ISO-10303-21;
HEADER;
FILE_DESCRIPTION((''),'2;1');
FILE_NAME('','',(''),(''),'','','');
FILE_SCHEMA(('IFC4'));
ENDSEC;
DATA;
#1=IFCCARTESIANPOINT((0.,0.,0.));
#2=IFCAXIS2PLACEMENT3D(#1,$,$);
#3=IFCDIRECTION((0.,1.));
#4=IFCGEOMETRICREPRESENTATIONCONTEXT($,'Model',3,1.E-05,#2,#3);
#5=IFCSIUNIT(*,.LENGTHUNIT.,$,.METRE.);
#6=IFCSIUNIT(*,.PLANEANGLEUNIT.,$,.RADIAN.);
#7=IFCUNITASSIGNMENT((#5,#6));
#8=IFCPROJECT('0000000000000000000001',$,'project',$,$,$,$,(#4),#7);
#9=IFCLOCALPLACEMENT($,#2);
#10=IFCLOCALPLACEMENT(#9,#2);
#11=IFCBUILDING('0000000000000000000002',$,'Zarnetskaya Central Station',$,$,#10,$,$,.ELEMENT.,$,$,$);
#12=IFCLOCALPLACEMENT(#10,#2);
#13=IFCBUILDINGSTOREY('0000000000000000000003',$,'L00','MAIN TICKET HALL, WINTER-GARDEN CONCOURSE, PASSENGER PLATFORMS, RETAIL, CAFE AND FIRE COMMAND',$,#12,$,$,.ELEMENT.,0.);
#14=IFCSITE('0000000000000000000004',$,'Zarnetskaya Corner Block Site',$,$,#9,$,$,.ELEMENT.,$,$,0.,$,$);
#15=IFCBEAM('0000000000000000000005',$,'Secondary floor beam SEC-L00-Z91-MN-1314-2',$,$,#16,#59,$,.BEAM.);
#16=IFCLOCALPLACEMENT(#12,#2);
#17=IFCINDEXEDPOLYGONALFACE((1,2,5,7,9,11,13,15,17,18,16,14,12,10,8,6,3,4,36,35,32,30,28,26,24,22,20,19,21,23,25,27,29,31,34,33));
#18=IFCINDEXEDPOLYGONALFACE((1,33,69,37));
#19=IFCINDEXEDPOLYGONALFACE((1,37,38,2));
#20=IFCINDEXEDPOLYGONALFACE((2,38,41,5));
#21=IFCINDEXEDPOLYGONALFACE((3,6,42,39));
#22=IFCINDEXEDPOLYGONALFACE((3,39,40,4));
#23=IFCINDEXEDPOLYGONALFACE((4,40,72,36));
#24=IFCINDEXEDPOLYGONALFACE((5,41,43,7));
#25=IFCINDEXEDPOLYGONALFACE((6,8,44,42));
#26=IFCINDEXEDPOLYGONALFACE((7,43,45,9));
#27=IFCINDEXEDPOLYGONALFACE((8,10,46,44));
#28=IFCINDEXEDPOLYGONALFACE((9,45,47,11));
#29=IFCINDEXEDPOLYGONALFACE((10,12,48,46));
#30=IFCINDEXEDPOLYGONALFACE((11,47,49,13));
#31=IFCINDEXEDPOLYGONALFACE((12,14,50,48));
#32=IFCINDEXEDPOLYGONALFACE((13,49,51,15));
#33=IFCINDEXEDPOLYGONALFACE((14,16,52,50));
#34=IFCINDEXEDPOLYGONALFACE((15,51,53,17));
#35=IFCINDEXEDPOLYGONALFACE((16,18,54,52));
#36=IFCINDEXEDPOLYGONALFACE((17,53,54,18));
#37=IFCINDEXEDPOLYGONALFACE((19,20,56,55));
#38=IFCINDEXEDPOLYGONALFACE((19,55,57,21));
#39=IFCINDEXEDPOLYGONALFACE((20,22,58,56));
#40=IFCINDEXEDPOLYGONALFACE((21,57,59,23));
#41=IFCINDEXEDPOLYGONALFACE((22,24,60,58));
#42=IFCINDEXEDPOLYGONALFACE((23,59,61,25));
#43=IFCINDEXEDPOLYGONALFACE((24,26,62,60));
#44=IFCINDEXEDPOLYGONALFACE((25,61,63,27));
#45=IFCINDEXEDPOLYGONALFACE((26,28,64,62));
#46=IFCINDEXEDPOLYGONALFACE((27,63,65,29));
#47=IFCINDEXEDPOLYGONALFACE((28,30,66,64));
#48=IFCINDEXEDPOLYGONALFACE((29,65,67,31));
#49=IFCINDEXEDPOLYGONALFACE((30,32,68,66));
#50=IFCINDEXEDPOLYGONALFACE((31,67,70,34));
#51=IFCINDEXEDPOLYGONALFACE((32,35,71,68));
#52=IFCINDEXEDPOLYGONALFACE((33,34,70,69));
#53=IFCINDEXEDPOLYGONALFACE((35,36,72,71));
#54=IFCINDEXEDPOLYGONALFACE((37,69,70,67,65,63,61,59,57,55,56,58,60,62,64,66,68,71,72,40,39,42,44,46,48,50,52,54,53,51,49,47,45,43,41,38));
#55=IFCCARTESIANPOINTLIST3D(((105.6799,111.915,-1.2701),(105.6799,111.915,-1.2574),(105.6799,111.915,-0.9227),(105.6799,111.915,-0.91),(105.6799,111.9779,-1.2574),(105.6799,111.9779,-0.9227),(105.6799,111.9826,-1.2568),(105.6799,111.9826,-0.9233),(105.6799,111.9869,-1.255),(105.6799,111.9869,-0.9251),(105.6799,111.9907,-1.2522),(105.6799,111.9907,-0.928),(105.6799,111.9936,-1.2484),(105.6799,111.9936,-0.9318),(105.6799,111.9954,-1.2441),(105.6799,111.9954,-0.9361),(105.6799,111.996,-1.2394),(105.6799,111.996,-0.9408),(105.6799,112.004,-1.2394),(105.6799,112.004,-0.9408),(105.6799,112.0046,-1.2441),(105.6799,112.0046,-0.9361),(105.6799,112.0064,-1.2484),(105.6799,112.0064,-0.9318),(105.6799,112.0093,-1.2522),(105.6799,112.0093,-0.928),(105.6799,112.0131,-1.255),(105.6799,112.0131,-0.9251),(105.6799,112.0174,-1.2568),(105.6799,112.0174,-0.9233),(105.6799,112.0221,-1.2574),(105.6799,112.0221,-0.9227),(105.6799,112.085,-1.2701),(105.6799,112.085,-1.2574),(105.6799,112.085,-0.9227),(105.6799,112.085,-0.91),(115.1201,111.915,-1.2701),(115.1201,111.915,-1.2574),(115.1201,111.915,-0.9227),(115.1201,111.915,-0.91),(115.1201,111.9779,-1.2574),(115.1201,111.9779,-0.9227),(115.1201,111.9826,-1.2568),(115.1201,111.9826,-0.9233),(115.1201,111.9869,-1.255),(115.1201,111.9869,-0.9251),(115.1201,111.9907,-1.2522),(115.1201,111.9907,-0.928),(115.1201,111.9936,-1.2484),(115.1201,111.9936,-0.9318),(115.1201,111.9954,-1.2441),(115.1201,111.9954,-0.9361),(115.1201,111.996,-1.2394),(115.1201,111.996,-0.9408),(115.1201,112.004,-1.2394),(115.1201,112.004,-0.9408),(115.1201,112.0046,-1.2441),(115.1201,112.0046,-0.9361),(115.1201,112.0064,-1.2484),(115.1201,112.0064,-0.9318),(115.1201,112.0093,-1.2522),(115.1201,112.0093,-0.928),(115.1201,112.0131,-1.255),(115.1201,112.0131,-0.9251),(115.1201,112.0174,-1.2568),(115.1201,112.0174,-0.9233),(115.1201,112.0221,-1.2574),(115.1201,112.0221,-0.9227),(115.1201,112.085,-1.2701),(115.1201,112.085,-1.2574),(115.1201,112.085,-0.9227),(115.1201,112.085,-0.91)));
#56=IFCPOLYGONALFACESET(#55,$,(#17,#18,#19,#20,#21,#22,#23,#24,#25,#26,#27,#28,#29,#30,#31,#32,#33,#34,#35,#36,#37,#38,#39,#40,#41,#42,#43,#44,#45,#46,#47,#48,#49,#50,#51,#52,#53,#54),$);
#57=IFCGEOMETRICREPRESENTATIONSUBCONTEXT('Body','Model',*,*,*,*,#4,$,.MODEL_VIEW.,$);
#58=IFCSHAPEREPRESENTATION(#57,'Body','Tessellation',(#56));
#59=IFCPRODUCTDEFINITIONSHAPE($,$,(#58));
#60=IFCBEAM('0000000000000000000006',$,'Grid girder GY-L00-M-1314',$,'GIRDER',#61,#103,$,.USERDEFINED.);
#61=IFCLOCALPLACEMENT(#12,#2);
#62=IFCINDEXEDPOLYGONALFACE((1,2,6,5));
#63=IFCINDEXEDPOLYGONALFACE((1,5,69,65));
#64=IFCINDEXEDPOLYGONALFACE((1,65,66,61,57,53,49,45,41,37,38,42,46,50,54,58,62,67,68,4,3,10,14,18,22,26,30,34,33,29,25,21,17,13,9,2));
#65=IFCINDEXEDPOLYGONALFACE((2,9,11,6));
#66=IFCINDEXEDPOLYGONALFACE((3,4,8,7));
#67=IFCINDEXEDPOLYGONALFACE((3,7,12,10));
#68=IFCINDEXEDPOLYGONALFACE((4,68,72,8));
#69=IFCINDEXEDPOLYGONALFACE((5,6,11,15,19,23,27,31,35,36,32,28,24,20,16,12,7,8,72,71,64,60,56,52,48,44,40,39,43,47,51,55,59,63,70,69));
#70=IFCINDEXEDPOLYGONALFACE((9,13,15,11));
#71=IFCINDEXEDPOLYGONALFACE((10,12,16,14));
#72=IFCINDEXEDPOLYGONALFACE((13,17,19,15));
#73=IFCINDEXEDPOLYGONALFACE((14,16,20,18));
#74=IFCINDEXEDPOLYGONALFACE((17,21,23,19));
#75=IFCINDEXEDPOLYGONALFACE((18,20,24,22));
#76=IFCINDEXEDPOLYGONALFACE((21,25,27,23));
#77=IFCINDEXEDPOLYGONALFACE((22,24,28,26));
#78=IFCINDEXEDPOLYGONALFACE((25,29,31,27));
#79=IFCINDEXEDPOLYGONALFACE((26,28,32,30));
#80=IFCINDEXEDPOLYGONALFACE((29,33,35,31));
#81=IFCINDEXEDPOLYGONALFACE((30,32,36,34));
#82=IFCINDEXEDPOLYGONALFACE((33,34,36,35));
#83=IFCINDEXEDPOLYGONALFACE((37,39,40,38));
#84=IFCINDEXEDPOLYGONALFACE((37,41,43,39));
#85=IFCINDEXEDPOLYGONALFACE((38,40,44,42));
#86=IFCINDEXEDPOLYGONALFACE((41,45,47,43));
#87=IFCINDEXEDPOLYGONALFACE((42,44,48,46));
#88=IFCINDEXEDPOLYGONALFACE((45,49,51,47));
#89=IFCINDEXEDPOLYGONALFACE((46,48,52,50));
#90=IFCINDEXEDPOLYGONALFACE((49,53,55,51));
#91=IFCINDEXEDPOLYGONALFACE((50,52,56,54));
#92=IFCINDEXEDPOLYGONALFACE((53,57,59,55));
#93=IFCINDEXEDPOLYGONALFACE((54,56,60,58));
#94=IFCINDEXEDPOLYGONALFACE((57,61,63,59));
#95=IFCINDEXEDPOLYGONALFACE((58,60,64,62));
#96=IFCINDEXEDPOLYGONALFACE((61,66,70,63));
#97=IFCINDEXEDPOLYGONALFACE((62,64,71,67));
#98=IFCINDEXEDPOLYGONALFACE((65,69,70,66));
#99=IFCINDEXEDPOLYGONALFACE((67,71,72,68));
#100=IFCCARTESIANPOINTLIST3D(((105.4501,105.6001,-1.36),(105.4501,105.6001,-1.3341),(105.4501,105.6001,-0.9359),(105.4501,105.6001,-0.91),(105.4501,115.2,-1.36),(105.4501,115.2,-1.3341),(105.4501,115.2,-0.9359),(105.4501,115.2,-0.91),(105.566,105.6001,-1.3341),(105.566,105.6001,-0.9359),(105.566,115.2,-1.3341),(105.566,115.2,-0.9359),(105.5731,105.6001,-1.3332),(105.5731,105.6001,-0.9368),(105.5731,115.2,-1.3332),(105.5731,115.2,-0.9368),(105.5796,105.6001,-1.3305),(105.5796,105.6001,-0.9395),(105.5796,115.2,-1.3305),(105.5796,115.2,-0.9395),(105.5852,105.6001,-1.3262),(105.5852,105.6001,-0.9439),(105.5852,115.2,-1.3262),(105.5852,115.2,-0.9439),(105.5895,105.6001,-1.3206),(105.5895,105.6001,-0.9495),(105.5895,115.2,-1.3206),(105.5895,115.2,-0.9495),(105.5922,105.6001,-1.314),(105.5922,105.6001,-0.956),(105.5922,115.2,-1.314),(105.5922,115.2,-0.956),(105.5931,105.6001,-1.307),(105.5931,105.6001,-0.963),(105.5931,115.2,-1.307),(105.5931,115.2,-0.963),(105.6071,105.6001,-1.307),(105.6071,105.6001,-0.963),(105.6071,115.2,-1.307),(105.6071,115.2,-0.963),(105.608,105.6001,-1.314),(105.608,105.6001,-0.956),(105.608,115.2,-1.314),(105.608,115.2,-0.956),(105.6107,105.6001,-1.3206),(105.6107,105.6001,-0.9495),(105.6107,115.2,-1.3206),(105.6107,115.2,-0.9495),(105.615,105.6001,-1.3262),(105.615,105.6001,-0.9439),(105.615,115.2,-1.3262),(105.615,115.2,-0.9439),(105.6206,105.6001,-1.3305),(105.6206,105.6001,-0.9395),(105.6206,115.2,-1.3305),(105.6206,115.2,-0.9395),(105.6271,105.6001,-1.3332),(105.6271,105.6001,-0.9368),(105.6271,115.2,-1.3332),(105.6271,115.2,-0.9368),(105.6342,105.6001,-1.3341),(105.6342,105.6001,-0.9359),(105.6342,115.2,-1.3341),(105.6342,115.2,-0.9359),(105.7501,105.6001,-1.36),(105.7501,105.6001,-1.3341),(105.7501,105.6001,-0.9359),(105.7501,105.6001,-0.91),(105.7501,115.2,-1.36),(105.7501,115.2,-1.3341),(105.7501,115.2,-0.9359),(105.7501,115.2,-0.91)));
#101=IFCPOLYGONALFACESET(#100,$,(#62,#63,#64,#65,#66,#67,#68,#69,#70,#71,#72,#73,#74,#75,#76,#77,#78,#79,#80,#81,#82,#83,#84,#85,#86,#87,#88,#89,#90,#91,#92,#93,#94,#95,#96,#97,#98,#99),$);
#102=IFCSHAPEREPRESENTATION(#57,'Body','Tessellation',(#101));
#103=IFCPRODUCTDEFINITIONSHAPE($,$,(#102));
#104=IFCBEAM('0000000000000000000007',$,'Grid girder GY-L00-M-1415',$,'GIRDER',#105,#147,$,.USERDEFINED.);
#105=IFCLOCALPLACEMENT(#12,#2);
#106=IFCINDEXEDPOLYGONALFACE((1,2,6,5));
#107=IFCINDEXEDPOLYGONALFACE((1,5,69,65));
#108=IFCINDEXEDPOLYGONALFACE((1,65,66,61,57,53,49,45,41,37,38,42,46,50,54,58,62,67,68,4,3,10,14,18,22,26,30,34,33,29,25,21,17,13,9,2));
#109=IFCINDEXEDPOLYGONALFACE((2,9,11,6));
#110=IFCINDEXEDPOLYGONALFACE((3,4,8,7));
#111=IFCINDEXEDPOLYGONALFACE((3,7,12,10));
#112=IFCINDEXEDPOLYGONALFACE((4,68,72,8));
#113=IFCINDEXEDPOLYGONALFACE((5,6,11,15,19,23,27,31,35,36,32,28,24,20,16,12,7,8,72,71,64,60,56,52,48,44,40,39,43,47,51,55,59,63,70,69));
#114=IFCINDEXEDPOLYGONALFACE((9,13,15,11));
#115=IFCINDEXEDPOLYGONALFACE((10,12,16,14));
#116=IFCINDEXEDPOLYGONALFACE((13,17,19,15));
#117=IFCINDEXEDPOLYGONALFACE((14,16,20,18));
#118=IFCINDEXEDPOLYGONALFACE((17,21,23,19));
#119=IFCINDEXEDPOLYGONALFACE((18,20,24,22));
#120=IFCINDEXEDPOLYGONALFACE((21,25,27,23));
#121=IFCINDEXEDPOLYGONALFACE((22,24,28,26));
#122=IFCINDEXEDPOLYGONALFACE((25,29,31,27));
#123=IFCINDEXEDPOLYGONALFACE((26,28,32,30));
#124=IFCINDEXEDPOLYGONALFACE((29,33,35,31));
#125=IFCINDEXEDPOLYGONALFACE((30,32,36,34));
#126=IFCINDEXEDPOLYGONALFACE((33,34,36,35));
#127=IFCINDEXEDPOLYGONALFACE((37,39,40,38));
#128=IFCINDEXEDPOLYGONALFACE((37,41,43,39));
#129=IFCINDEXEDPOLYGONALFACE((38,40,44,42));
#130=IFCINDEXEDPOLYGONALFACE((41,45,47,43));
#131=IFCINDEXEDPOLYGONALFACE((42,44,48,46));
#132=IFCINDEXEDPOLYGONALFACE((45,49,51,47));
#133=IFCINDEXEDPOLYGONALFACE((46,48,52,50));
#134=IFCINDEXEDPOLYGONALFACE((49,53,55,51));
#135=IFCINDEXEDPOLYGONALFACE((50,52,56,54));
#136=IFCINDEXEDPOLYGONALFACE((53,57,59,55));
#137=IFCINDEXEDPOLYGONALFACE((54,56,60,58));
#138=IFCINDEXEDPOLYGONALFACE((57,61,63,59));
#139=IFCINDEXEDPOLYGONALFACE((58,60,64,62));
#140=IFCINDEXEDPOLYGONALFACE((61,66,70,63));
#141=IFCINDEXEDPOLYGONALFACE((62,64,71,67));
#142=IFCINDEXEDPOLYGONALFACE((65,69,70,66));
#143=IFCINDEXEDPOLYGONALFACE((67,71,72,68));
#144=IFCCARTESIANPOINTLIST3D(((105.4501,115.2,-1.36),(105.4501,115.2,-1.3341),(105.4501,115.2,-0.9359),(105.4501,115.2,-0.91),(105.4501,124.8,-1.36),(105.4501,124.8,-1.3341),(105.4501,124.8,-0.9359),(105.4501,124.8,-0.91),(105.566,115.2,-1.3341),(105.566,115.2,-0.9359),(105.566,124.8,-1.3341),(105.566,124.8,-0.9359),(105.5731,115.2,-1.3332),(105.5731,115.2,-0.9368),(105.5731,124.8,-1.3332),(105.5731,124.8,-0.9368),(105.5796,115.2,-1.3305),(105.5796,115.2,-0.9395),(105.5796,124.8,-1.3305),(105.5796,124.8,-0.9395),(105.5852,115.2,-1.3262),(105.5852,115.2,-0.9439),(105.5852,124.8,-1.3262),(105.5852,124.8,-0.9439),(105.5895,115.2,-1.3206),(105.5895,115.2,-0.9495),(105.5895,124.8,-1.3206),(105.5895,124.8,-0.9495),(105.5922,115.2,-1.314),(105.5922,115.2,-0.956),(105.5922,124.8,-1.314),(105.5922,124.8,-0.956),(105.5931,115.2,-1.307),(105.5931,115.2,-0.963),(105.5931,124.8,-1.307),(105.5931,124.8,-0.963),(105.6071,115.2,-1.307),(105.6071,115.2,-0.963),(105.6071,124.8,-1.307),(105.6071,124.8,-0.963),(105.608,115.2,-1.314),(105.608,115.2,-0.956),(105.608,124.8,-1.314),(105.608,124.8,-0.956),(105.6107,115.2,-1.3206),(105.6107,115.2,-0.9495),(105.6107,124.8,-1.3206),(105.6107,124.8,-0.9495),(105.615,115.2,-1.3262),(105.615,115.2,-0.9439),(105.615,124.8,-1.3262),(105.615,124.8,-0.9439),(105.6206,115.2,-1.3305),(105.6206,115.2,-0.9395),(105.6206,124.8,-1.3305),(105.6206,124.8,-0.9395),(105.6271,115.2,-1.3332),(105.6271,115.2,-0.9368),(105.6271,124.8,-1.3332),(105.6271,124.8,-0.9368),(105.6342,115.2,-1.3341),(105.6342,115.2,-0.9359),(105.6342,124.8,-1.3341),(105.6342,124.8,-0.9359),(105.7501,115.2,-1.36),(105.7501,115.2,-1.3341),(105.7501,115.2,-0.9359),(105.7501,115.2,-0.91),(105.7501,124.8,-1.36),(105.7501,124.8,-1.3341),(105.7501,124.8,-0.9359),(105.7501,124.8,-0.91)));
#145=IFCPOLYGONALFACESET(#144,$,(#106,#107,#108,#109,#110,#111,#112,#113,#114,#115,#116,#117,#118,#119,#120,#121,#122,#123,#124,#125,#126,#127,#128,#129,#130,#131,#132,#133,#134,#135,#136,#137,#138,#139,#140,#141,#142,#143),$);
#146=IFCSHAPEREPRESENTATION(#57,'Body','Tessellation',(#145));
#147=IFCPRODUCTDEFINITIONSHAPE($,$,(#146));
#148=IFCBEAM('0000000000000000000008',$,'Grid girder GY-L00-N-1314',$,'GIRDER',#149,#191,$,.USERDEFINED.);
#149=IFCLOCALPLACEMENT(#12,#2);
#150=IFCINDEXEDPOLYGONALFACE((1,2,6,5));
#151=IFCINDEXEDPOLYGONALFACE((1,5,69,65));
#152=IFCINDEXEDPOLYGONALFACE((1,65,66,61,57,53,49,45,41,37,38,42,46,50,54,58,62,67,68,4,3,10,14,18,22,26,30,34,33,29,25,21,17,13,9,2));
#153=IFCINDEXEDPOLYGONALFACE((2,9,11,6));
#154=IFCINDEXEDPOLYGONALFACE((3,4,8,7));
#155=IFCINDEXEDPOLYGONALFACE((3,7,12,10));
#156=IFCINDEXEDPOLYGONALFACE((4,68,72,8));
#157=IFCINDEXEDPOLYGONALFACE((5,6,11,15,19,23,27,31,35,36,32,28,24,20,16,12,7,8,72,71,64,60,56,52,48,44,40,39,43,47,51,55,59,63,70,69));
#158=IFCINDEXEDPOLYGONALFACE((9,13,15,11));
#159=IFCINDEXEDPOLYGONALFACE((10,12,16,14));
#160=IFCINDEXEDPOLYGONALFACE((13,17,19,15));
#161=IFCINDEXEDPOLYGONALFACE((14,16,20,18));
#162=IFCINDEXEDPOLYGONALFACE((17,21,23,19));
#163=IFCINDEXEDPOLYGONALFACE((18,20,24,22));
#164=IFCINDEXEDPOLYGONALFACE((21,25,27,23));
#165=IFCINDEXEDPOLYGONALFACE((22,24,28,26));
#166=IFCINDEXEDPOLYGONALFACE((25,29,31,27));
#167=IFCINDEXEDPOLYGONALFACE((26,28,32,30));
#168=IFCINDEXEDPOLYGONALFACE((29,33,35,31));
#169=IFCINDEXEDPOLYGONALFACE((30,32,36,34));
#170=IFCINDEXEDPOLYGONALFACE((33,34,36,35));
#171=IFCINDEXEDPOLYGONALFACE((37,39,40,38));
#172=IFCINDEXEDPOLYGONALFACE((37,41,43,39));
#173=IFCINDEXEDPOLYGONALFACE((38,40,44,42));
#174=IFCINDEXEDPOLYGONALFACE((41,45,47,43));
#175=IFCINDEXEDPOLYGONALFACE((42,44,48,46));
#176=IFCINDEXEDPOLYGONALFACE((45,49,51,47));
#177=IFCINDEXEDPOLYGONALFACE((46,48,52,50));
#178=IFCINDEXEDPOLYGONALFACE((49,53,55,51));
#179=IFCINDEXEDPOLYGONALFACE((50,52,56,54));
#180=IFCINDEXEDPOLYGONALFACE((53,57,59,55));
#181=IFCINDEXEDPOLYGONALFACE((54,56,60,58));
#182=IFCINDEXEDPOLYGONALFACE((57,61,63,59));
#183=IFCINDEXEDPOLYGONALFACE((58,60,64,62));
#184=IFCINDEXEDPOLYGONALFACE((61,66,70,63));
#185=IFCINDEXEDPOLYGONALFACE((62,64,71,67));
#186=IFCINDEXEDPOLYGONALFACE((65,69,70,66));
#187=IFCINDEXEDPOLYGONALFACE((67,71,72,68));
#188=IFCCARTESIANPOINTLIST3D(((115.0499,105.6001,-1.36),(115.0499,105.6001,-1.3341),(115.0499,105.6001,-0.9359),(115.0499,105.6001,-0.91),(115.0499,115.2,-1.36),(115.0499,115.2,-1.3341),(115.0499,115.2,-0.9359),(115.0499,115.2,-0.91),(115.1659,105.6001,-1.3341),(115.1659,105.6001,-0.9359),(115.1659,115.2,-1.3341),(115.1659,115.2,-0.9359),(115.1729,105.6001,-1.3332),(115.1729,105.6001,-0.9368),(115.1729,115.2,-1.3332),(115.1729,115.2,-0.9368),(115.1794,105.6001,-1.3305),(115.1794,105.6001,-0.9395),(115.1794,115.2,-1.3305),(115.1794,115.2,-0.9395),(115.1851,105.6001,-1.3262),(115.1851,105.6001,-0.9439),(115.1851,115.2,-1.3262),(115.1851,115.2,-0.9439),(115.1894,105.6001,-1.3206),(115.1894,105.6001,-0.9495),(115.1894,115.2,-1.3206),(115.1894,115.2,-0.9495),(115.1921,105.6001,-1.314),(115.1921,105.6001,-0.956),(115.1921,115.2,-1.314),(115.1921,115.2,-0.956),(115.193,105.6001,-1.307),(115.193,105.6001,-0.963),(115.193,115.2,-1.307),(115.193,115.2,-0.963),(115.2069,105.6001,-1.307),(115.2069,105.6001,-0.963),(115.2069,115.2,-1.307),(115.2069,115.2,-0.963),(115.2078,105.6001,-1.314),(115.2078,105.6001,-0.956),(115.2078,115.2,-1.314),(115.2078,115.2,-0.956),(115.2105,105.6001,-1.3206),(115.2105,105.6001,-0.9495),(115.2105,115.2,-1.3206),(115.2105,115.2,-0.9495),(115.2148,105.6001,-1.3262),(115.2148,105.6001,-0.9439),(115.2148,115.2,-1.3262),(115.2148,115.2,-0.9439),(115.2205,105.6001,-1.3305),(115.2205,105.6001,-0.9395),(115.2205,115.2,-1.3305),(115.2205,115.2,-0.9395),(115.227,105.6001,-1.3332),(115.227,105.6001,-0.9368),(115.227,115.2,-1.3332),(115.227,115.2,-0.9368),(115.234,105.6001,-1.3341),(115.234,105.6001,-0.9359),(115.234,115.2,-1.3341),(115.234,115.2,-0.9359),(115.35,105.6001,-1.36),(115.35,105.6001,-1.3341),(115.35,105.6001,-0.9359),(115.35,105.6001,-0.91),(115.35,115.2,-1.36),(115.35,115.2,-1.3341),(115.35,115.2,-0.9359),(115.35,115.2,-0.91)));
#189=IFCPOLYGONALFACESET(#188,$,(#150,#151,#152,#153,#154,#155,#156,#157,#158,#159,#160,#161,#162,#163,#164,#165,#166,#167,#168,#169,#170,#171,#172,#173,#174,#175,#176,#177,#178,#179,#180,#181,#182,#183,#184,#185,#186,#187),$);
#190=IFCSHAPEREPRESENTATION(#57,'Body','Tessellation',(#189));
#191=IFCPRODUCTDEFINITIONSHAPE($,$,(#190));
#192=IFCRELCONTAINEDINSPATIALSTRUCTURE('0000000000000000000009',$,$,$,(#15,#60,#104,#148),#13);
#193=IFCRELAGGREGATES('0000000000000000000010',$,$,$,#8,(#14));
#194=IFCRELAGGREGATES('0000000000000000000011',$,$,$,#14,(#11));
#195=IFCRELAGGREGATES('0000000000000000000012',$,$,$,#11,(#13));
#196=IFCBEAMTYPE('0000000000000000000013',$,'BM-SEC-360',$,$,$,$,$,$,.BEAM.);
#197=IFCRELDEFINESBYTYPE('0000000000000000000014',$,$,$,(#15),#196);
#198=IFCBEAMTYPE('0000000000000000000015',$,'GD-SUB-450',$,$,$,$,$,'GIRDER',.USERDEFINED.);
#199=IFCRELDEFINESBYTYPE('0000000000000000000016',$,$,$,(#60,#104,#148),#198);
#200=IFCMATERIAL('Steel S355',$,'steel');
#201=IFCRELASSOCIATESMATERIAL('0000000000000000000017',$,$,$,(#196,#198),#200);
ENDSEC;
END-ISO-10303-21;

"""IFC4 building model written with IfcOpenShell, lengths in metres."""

from ifc_helpers import new_model, si_unit, direction, frame, origin, origin_2d, place, context, subcontext, project, spatial, i_section, extrude, material, material_profile, profile_set, type_object, element, save


model = new_model("IFC4")

# Units and contexts
model_context = context("Model", 3, precision=1e-05, world=origin(), true_north=direction((0.0, 1.0)))
body_context = subcontext(model_context, "Body", "Model", "MODEL_VIEW")
ifc_project = project(units=[si_unit("LENGTHUNIT", "METRE"), si_unit("PLANEANGLEUNIT", "RADIAN")], contexts=[model_context])

# Site, building, storey
site_placement = place(None, origin())
site = spatial("IfcSite", under=ifc_project, at=site_placement, Name="Zarnetskaya Corner Block Site", CompositionType="ELEMENT", RefElevation=0.0)
building_placement = place(site_placement, origin())
building = spatial("IfcBuilding", under=site, at=building_placement, Name="Zarnetskaya Central Station", CompositionType="ELEMENT")
storey_placement = place(building_placement, origin())
storey = spatial("IfcBuildingStorey", under=building, at=storey_placement, Name="L00", Description="MAIN TICKET HALL, WINTER-GARDEN CONCOURSE, PASSENGER PLATFORMS, RETAIL, CAFE AND FIRE COMMAND", CompositionType="ELEMENT", Elevation=0.0)

# Shared definitions
ifc_material = material(Name="Steel S355", Category="steel")

# Beams
ifc_material_profile_1 = material_profile(ifc_material, i_section(OverallWidth=0.1699, OverallDepth=0.3601, WebThickness=0.0081, FlangeThickness=0.0127, FilletRadius=0.0181, at=origin_2d()), Name="IPE 360")
ifc_profile_set_1 = profile_set([ifc_material_profile_1], Name="Steel S355")
beam_type_1 = type_object("IfcBeamType", Name="BM-SEC-360", PredefinedType="BEAM", material=ifc_profile_set_1)
for number, where, z_axis, x_axis, name in (
    (1, (105.6799, 112.0, -1.0901), (1.0, 0.0, 0.0), (0.0, 1.0, 0.0), "Secondary floor beam SEC-L00-Z91-MN-1314-2"),
):
    element("IfcBeam", number, at=place(storey_placement, frame(where, z_axis=z_axis, x_axis=x_axis)), inside=storey, type_object=beam_type_1, Name=name, PredefinedType="BEAM", context=body_context, shape_type="SweptSolid", body=[
        extrude(i_section(OverallWidth=0.1699, OverallDepth=0.3601, WebThickness=0.0081, FlangeThickness=0.0127, FilletRadius=0.0181, at=origin_2d()), origin(), (0.0, 0.0, 1.0), 9.4402),
    ])
ifc_material_profile_2 = material_profile(ifc_material, i_section(OverallWidth=0.3, OverallDepth=0.45, WebThickness=0.0139, FlangeThickness=0.0259, FilletRadius=0.0271, at=origin_2d()), Name="HEB 450")
ifc_profile_set_2 = profile_set([ifc_material_profile_2], Name="Steel S355")
beam_type_2 = type_object("IfcBeamType", Name="GD-SUB-450", ElementType="GIRDER", PredefinedType="USERDEFINED", material=ifc_profile_set_2)
beam_1_placement = place(storey_placement, frame((105.6001, 105.6001, -1.135), z_axis=(0.0, 1.0, 0.0), x_axis=(-1.0, 0.0, 0.0)))
element("IfcBeam", 2, at=beam_1_placement, inside=storey, type_object=beam_type_2, Name="Grid girder GY-L00-M-1314", ObjectType="GIRDER", PredefinedType="USERDEFINED", context=body_context, shape_type="SweptSolid", body=[
    extrude(i_section(OverallWidth=0.3, OverallDepth=0.45, WebThickness=0.0139, FlangeThickness=0.0259, FilletRadius=0.0271, at=origin_2d()), origin(), (0.0, 0.0, 1.0), 9.5999),
])
beam_2_placement = place(storey_placement, frame((105.6001, 115.2, -1.135), z_axis=(0.0, 1.0, 0.0), x_axis=(-1.0, 0.0, 0.0)))
element("IfcBeam", 3, at=beam_2_placement, inside=storey, type_object=beam_type_2, Name="Grid girder GY-L00-M-1415", ObjectType="GIRDER", PredefinedType="USERDEFINED", context=body_context, shape_type="SweptSolid", body=[
    extrude(i_section(OverallWidth=0.3, OverallDepth=0.45, WebThickness=0.0139, FlangeThickness=0.0259, FilletRadius=0.0271, at=origin_2d()), origin(), (0.0, 0.0, 1.0), 9.6001),
])
beam_3_placement = place(storey_placement, frame((115.2, 105.6001, -1.135), z_axis=(0.0, 1.0, 0.0), x_axis=(-1.0, 0.0, 0.0)))
element("IfcBeam", 4, at=beam_3_placement, inside=storey, type_object=beam_type_2, Name="Grid girder GY-L00-N-1314", ObjectType="GIRDER", PredefinedType="USERDEFINED", context=body_context, shape_type="SweptSolid", body=[
    extrude(i_section(OverallWidth=0.3, OverallDepth=0.45, WebThickness=0.0139, FlangeThickness=0.0259, FilletRadius=0.0271, at=origin_2d()), origin(), (0.0, 0.0, 1.0), 9.5999),
])

save(model, "model.ifc")
